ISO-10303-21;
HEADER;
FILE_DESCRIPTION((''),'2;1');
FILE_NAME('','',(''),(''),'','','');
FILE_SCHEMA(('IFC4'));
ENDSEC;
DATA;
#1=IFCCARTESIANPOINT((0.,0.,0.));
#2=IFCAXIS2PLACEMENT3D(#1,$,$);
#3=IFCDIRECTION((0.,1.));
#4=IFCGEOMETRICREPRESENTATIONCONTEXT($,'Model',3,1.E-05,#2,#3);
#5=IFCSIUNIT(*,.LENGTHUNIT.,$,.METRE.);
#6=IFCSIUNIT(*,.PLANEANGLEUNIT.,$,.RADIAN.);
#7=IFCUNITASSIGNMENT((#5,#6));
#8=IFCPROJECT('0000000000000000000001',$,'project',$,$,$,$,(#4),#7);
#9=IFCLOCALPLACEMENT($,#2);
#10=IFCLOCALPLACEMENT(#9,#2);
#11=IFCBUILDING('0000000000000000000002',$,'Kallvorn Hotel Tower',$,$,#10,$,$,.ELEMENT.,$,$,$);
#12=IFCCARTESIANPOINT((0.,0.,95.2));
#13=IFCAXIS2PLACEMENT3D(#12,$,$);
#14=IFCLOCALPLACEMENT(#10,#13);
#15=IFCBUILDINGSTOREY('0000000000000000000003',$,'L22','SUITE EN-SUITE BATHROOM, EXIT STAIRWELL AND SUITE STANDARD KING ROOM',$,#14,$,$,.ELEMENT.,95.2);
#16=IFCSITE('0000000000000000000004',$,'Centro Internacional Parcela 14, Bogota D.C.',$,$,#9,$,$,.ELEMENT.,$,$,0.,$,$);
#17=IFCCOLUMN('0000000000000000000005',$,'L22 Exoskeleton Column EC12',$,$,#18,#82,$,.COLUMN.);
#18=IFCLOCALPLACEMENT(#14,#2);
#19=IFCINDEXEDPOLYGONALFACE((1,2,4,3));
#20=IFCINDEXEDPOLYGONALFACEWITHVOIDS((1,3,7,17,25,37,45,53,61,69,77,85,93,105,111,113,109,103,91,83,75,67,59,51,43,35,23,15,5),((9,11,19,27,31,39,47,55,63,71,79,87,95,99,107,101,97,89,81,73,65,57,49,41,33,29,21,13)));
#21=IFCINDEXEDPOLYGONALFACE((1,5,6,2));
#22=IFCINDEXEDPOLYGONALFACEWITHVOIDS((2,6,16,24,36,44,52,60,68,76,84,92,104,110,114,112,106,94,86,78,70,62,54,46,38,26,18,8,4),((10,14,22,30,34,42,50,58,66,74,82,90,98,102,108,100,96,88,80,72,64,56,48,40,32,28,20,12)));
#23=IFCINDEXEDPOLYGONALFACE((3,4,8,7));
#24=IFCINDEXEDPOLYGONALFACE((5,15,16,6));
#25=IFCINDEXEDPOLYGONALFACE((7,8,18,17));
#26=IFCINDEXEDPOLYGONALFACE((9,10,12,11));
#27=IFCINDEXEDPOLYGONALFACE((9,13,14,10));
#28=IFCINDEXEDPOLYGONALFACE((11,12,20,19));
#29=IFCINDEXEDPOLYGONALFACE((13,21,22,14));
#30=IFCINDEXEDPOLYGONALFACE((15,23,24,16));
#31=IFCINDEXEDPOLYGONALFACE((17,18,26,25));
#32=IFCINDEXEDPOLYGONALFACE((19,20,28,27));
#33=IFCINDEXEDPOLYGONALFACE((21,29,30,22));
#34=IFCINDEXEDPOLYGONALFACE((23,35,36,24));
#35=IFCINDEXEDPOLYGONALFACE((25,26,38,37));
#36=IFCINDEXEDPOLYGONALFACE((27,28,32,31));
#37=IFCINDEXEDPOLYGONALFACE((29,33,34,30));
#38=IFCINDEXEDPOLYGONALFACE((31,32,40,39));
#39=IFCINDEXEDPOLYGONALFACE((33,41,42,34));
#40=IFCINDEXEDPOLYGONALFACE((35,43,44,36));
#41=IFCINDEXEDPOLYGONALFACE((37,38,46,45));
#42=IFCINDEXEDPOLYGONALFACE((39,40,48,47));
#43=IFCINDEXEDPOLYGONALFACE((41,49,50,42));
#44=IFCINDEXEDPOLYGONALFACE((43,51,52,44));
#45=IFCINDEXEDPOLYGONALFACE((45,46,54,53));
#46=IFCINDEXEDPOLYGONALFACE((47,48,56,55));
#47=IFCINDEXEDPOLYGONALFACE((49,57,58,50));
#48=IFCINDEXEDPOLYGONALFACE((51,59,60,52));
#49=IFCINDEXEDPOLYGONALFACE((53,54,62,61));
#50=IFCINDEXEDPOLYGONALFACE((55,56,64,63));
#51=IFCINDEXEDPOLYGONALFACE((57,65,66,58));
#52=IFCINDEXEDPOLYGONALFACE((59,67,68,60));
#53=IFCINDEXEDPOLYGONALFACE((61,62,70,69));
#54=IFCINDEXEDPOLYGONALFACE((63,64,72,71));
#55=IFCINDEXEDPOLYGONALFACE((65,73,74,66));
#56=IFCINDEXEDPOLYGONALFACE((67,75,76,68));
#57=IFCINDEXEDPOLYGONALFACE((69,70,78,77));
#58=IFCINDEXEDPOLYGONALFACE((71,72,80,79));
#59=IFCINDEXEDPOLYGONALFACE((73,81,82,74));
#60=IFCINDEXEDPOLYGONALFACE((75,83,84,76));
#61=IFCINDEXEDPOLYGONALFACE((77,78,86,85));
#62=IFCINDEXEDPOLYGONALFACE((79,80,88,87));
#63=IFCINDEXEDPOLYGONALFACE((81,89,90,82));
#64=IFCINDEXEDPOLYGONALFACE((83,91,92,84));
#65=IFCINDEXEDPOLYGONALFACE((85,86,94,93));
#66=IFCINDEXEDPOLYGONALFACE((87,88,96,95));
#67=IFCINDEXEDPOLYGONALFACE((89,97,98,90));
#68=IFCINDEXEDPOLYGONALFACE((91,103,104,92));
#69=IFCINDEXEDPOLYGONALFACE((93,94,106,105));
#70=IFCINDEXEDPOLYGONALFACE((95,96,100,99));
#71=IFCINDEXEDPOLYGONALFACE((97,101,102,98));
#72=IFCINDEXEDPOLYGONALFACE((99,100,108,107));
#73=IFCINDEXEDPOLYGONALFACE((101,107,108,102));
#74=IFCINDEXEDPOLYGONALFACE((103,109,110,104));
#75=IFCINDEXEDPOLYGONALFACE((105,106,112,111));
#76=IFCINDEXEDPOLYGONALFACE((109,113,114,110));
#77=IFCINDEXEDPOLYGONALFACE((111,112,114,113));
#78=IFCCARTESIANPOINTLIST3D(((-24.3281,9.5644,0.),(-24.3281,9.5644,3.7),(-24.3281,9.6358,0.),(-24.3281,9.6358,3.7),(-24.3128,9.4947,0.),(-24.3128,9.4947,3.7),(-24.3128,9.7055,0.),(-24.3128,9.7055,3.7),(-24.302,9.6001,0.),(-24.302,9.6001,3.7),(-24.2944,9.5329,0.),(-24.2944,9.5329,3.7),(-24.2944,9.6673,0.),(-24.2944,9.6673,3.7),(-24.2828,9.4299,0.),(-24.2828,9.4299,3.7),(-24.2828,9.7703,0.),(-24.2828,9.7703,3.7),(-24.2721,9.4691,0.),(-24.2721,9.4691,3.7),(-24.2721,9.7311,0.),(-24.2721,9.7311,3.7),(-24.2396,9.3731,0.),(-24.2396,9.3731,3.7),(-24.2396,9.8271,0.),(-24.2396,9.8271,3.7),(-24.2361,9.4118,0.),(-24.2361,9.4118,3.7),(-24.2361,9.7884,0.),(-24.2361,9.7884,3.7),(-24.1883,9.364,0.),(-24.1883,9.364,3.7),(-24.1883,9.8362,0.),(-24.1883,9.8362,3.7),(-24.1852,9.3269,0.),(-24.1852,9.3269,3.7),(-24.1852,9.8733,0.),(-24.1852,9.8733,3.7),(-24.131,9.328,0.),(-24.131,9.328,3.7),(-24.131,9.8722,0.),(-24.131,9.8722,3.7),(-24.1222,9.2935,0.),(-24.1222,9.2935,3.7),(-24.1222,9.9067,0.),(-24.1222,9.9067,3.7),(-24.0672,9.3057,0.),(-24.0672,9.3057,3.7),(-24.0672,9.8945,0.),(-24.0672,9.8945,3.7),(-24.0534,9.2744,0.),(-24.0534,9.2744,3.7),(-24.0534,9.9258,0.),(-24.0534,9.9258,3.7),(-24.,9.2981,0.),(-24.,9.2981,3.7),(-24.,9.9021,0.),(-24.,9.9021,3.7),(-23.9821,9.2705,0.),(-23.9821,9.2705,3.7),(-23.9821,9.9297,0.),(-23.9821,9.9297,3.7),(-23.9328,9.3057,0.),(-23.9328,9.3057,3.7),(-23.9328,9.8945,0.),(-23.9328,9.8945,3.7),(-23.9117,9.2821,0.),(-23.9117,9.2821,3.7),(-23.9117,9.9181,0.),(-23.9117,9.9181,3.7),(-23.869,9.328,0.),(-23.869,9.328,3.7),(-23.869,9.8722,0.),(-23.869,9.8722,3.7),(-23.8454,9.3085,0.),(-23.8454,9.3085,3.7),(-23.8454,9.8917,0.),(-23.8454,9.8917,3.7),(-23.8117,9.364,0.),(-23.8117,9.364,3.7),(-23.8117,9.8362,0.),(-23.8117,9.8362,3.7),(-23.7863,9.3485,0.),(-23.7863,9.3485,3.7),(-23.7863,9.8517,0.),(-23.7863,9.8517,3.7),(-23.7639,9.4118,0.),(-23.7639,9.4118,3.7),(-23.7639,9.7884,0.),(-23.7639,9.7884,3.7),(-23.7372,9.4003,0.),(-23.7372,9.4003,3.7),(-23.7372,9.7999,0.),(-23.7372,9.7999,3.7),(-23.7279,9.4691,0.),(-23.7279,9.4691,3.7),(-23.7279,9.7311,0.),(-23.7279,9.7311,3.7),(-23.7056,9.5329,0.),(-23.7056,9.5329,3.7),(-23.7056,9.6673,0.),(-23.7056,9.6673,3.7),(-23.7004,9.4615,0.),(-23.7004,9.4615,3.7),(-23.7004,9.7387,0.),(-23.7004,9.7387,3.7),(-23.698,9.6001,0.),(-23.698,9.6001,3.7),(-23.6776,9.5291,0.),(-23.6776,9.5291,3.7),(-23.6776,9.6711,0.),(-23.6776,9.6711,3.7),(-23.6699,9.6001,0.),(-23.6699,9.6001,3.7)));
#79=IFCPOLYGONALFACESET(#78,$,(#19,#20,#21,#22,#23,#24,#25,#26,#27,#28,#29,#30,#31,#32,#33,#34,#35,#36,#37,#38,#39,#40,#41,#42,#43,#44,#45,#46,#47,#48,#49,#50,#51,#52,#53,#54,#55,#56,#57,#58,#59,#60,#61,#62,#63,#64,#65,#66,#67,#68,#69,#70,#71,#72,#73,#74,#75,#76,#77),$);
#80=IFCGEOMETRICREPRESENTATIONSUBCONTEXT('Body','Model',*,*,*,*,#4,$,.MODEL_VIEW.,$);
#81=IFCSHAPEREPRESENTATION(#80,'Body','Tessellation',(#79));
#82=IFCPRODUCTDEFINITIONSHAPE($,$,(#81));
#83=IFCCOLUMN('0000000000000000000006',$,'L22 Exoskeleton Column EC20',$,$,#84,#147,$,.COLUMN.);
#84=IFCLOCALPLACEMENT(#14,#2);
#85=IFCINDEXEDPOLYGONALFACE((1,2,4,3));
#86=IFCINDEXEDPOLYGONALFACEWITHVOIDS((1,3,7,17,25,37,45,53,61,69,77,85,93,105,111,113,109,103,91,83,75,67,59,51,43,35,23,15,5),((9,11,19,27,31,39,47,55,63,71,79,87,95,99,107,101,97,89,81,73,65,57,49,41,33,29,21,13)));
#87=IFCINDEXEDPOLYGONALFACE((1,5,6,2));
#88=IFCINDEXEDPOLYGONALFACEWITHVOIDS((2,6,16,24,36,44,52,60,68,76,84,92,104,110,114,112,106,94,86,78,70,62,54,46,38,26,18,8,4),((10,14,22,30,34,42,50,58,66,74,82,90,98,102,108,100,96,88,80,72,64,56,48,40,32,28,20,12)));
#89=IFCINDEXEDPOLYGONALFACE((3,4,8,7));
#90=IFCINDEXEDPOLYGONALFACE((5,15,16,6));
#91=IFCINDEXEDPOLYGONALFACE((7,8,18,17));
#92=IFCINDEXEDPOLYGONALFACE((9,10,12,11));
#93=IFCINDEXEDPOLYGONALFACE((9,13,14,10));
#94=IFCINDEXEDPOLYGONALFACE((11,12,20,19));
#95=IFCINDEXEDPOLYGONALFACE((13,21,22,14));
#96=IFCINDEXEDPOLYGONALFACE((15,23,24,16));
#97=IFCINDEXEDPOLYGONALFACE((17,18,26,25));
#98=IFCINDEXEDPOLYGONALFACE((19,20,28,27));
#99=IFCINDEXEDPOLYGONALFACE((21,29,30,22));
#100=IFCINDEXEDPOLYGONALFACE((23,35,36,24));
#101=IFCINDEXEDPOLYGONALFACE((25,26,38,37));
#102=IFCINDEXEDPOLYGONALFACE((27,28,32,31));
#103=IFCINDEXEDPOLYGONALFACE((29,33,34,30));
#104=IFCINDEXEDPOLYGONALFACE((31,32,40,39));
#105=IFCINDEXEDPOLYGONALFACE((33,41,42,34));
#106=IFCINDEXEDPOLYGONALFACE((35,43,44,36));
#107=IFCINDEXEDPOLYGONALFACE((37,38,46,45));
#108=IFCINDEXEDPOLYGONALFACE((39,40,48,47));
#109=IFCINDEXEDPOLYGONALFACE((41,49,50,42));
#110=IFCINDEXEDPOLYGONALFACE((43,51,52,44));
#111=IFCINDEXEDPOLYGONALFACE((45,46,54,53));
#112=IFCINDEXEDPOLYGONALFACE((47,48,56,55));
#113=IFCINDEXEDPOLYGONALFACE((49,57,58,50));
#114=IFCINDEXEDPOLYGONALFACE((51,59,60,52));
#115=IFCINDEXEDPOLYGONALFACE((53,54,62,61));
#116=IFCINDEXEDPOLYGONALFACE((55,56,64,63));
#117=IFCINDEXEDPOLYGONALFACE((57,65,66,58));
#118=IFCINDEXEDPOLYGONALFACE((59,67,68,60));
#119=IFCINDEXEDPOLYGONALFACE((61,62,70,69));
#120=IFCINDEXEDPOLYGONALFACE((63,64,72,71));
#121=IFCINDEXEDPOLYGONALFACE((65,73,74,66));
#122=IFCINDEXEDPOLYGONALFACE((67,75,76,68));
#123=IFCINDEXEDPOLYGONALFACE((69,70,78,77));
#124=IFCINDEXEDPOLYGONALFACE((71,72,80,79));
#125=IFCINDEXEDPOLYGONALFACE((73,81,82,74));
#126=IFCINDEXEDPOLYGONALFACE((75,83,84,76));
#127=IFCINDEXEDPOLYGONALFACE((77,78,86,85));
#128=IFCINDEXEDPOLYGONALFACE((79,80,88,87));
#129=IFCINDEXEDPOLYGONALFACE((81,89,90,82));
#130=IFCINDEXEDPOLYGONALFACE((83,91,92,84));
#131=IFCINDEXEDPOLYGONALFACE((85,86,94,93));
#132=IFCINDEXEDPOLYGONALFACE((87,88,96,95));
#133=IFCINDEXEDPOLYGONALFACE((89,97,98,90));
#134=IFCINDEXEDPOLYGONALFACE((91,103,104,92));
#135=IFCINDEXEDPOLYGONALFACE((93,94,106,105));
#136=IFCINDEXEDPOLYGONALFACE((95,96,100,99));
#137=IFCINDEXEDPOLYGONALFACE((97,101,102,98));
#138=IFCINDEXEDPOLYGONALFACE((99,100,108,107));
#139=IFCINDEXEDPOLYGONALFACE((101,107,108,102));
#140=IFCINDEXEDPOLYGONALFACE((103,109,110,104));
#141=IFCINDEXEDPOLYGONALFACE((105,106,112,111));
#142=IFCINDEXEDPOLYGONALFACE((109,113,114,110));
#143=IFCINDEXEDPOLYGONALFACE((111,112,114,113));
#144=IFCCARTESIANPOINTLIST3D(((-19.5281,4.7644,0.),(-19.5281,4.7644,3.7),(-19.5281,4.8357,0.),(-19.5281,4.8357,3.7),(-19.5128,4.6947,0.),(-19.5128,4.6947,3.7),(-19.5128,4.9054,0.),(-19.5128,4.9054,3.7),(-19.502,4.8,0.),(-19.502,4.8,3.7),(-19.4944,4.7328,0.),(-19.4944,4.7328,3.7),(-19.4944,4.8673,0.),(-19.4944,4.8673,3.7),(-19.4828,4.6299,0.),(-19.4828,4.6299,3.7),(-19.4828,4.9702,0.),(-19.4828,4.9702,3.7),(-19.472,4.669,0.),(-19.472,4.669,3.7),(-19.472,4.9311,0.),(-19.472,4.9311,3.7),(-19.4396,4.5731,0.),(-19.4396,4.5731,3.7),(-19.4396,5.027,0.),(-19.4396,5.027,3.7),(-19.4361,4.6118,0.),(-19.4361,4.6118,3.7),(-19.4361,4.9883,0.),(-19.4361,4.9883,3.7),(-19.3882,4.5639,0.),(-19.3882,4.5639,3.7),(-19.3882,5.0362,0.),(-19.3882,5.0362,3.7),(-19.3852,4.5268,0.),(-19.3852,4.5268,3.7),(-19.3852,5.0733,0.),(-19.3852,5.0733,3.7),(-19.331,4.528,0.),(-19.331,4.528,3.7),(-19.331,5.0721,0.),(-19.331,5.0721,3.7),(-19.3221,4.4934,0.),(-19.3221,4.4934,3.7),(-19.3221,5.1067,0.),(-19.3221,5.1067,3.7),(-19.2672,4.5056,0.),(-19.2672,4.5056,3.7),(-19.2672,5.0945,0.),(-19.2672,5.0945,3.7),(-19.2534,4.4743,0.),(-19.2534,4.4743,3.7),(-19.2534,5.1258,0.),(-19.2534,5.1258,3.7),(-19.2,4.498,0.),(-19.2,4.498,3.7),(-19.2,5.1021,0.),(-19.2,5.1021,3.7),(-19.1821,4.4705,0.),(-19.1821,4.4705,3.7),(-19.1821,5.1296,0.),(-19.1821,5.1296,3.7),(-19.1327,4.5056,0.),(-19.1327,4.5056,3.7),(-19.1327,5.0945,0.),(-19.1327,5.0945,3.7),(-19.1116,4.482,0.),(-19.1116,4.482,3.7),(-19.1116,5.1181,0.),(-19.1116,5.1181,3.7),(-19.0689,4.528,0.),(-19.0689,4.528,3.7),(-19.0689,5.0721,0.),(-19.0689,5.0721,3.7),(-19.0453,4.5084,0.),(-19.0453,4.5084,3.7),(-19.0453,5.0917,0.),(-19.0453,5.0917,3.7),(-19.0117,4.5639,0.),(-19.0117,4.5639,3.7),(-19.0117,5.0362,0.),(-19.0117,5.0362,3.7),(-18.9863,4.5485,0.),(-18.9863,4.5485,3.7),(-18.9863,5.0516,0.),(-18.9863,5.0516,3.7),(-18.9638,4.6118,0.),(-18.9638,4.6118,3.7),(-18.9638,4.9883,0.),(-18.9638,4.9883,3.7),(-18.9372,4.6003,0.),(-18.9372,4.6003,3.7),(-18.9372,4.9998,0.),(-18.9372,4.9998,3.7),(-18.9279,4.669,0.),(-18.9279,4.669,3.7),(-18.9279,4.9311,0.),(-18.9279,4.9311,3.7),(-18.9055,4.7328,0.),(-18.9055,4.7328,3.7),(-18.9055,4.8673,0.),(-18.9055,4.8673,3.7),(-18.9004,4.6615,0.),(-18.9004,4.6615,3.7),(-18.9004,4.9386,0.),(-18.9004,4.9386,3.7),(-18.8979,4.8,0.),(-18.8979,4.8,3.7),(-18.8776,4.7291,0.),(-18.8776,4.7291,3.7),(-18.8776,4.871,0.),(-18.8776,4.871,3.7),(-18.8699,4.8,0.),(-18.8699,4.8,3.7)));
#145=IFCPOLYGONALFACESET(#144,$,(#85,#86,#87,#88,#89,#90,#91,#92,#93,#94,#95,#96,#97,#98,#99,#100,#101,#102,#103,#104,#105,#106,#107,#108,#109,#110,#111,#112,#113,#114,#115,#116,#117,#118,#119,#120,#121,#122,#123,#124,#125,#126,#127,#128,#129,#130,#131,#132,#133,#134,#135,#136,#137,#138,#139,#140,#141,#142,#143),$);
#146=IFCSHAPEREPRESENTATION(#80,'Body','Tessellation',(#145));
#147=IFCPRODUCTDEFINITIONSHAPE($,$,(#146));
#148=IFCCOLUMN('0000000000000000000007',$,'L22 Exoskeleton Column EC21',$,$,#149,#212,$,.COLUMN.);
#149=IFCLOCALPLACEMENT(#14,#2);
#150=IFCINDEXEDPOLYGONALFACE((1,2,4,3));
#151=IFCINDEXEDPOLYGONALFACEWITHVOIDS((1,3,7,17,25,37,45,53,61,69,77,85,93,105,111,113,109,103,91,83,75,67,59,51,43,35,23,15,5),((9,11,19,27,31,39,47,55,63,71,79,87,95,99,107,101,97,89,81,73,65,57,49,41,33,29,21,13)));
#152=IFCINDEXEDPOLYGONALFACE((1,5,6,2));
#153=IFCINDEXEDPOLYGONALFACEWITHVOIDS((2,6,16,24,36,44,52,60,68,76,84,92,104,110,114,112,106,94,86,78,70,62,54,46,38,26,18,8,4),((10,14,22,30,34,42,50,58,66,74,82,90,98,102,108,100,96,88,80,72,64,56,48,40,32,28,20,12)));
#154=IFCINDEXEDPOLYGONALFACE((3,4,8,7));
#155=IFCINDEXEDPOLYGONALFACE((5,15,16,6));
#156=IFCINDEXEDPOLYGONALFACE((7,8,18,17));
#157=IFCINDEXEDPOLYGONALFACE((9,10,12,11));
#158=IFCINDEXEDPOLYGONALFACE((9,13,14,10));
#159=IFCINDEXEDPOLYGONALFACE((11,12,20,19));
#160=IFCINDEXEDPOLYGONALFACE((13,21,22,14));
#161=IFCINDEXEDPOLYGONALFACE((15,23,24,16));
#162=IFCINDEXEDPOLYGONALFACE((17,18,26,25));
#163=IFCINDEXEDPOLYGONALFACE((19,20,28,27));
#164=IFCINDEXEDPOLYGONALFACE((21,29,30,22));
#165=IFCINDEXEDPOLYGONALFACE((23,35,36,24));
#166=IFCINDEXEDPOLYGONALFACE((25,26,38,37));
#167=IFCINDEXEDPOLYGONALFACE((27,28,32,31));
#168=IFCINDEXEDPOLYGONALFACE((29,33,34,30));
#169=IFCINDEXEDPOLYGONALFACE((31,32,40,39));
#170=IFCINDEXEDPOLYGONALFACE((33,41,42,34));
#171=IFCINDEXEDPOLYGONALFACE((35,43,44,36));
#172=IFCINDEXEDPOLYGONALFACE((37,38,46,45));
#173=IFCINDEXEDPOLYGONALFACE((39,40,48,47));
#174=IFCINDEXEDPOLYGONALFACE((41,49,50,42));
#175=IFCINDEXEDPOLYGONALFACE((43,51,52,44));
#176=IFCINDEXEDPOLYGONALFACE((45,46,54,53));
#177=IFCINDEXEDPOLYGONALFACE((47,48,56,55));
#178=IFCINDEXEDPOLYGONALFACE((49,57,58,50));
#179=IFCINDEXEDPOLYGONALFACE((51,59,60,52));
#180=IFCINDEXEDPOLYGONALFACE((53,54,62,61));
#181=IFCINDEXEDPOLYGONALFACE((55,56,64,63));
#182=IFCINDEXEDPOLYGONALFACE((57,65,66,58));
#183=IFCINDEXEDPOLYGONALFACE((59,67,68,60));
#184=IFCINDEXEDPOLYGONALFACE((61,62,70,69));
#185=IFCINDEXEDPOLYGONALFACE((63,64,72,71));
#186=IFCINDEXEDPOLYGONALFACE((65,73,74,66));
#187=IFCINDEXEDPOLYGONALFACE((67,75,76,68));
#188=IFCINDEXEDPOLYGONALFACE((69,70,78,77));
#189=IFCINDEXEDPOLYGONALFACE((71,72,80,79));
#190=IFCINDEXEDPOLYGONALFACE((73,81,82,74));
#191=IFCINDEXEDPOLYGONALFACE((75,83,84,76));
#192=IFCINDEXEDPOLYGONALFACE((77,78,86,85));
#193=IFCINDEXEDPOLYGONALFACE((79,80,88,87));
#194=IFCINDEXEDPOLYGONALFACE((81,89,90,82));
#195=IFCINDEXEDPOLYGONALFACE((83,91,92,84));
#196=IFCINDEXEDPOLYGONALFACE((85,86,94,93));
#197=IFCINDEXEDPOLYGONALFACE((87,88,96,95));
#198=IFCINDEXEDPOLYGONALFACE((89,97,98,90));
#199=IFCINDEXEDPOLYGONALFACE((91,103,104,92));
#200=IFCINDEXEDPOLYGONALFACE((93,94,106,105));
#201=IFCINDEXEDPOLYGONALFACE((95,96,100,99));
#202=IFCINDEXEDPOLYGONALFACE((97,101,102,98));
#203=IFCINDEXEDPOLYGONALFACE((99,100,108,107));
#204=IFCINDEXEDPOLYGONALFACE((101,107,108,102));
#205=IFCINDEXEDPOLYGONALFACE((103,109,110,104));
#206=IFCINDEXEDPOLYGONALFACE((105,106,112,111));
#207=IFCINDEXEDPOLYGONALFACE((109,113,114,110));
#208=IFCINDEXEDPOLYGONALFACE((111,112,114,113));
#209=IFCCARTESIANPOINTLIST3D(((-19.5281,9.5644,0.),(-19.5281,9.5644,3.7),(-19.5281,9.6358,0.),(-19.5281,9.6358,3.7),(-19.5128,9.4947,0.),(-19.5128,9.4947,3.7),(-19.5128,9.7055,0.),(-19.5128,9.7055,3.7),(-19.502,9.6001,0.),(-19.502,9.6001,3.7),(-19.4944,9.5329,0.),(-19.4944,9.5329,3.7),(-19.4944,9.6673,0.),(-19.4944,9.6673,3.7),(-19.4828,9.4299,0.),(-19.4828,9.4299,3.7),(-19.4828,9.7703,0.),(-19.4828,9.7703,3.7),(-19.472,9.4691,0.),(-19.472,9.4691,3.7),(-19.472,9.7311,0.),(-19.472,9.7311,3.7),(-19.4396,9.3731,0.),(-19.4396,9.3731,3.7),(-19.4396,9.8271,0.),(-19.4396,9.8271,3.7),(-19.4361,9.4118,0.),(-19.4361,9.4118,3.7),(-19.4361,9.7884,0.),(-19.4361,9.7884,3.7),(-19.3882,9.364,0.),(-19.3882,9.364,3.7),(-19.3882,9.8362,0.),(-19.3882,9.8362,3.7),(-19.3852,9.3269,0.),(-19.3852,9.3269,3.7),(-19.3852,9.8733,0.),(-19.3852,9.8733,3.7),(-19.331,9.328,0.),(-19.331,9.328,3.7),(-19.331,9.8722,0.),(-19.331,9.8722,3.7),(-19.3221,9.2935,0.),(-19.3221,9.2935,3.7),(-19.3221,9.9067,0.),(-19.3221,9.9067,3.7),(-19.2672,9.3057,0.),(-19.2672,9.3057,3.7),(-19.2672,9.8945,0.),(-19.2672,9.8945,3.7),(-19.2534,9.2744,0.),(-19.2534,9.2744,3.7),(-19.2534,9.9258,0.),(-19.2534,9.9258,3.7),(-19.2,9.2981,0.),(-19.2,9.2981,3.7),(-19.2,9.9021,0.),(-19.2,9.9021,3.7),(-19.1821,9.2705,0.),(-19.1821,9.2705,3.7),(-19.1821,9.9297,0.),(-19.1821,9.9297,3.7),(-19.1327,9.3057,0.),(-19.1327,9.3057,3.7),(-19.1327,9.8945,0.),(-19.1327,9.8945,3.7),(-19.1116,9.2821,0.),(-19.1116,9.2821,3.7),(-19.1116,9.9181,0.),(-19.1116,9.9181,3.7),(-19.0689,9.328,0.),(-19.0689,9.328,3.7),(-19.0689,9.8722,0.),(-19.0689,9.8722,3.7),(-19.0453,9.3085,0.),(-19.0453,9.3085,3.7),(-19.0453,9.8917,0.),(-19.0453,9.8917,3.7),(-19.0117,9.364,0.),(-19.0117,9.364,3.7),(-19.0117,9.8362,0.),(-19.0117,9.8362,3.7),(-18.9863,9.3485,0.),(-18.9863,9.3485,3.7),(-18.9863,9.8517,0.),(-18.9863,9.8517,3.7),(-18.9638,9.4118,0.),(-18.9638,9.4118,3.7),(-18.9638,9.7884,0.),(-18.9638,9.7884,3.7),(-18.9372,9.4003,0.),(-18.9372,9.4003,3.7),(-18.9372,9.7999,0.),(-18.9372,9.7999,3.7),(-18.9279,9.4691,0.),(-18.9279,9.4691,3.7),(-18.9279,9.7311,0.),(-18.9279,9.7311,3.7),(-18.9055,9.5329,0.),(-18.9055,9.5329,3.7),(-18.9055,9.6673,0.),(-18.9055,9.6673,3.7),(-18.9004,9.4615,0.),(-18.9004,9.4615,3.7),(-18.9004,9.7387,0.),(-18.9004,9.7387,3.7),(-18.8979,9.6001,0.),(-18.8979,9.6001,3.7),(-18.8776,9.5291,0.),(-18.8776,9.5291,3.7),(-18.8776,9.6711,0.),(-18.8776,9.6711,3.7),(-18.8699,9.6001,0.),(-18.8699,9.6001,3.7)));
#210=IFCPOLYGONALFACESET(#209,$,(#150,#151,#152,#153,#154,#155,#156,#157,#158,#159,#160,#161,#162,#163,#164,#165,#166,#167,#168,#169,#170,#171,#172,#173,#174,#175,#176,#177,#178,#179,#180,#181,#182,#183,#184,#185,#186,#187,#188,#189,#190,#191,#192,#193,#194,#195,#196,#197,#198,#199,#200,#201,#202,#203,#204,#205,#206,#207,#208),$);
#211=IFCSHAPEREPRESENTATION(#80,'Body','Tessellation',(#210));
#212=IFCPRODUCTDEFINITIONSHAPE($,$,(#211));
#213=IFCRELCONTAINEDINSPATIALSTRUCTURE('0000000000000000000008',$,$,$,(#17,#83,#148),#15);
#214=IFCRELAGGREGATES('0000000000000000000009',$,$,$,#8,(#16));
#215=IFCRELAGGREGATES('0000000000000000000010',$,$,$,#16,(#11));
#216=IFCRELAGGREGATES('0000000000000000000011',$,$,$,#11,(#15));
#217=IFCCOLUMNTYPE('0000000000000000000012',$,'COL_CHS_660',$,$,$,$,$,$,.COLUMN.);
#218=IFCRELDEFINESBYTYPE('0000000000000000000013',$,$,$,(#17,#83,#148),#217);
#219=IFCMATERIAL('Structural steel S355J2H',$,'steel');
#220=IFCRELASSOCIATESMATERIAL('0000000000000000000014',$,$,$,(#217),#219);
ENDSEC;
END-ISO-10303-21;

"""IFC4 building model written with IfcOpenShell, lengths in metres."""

from ifc_helpers import new_model, si_unit, direction, frame, origin, origin_2d, place, context, subcontext, project, spatial, hollow_circle, extrude, material, material_profile, profile_set, type_object, element, save


model = new_model("IFC4")

# Units and contexts
model_context = context("Model", 3, precision=1e-05, world=origin(), true_north=direction((0.0, 1.0)))
body_context = subcontext(model_context, "Body", "Model", "MODEL_VIEW")
ifc_project = project(units=[si_unit("LENGTHUNIT", "METRE"), si_unit("PLANEANGLEUNIT", "RADIAN")], contexts=[model_context])

# Site, building, storey
site_placement = place(None, origin())
site = spatial("IfcSite", under=ifc_project, at=site_placement, Name="Centro Internacional Parcela 14, Bogota D.C.", CompositionType="ELEMENT", RefElevation=0.0)
building_placement = place(site_placement, origin())
building = spatial("IfcBuilding", under=site, at=building_placement, Name="Kallvorn Hotel Tower", CompositionType="ELEMENT")
storey_placement = place(building_placement, frame((0.0, 0.0, 95.2)))
storey = spatial("IfcBuildingStorey", under=building, at=storey_placement, Name="L22", Description="SUITE EN-SUITE BATHROOM, EXIT STAIRWELL AND SUITE STANDARD KING ROOM", CompositionType="ELEMENT", Elevation=95.2)

# Columns
ifc_material_1 = material(Name="Structural steel S355J2H", Category="steel")
ifc_material_profile_1 = material_profile(ifc_material_1, hollow_circle(Radius=0.3301, WallThickness=0.0281, at=origin_2d()), Name="CHS 660x28")
ifc_profile_set_1 = profile_set([ifc_material_profile_1], Name="Structural steel S355J2H")
column_type_1 = type_object("IfcColumnType", Name="COL_CHS_660", PredefinedType="COLUMN", material=ifc_profile_set_1)
for number, where, z_axis, x_axis, name in (
    (1, (-24.0, 9.6001, 0.0), (0.0, 0.0, 1.0), (1.0, 0.0, 0.0), "L22 Exoskeleton Column EC12"),
    (2, (-19.2, 4.8, 0.0), (0.0, 0.0, 1.0), (1.0, 0.0, 0.0), "L22 Exoskeleton Column EC20"),
    (3, (-19.2, 9.6001, 0.0), (0.0, 0.0, 1.0), (1.0, 0.0, 0.0), "L22 Exoskeleton Column EC21"),
):
    element("IfcColumn", number, at=place(storey_placement, frame(where, z_axis=z_axis, x_axis=x_axis)), inside=storey, type_object=column_type_1, Name=name, PredefinedType="COLUMN", context=body_context, shape_type="SweptSolid", body=[
        extrude(hollow_circle(Radius=0.3301, WallThickness=0.0281, at=origin_2d()), origin(), (0.0, 0.0, 1.0), 3.7),
    ])

save(model, "model.ifc")
